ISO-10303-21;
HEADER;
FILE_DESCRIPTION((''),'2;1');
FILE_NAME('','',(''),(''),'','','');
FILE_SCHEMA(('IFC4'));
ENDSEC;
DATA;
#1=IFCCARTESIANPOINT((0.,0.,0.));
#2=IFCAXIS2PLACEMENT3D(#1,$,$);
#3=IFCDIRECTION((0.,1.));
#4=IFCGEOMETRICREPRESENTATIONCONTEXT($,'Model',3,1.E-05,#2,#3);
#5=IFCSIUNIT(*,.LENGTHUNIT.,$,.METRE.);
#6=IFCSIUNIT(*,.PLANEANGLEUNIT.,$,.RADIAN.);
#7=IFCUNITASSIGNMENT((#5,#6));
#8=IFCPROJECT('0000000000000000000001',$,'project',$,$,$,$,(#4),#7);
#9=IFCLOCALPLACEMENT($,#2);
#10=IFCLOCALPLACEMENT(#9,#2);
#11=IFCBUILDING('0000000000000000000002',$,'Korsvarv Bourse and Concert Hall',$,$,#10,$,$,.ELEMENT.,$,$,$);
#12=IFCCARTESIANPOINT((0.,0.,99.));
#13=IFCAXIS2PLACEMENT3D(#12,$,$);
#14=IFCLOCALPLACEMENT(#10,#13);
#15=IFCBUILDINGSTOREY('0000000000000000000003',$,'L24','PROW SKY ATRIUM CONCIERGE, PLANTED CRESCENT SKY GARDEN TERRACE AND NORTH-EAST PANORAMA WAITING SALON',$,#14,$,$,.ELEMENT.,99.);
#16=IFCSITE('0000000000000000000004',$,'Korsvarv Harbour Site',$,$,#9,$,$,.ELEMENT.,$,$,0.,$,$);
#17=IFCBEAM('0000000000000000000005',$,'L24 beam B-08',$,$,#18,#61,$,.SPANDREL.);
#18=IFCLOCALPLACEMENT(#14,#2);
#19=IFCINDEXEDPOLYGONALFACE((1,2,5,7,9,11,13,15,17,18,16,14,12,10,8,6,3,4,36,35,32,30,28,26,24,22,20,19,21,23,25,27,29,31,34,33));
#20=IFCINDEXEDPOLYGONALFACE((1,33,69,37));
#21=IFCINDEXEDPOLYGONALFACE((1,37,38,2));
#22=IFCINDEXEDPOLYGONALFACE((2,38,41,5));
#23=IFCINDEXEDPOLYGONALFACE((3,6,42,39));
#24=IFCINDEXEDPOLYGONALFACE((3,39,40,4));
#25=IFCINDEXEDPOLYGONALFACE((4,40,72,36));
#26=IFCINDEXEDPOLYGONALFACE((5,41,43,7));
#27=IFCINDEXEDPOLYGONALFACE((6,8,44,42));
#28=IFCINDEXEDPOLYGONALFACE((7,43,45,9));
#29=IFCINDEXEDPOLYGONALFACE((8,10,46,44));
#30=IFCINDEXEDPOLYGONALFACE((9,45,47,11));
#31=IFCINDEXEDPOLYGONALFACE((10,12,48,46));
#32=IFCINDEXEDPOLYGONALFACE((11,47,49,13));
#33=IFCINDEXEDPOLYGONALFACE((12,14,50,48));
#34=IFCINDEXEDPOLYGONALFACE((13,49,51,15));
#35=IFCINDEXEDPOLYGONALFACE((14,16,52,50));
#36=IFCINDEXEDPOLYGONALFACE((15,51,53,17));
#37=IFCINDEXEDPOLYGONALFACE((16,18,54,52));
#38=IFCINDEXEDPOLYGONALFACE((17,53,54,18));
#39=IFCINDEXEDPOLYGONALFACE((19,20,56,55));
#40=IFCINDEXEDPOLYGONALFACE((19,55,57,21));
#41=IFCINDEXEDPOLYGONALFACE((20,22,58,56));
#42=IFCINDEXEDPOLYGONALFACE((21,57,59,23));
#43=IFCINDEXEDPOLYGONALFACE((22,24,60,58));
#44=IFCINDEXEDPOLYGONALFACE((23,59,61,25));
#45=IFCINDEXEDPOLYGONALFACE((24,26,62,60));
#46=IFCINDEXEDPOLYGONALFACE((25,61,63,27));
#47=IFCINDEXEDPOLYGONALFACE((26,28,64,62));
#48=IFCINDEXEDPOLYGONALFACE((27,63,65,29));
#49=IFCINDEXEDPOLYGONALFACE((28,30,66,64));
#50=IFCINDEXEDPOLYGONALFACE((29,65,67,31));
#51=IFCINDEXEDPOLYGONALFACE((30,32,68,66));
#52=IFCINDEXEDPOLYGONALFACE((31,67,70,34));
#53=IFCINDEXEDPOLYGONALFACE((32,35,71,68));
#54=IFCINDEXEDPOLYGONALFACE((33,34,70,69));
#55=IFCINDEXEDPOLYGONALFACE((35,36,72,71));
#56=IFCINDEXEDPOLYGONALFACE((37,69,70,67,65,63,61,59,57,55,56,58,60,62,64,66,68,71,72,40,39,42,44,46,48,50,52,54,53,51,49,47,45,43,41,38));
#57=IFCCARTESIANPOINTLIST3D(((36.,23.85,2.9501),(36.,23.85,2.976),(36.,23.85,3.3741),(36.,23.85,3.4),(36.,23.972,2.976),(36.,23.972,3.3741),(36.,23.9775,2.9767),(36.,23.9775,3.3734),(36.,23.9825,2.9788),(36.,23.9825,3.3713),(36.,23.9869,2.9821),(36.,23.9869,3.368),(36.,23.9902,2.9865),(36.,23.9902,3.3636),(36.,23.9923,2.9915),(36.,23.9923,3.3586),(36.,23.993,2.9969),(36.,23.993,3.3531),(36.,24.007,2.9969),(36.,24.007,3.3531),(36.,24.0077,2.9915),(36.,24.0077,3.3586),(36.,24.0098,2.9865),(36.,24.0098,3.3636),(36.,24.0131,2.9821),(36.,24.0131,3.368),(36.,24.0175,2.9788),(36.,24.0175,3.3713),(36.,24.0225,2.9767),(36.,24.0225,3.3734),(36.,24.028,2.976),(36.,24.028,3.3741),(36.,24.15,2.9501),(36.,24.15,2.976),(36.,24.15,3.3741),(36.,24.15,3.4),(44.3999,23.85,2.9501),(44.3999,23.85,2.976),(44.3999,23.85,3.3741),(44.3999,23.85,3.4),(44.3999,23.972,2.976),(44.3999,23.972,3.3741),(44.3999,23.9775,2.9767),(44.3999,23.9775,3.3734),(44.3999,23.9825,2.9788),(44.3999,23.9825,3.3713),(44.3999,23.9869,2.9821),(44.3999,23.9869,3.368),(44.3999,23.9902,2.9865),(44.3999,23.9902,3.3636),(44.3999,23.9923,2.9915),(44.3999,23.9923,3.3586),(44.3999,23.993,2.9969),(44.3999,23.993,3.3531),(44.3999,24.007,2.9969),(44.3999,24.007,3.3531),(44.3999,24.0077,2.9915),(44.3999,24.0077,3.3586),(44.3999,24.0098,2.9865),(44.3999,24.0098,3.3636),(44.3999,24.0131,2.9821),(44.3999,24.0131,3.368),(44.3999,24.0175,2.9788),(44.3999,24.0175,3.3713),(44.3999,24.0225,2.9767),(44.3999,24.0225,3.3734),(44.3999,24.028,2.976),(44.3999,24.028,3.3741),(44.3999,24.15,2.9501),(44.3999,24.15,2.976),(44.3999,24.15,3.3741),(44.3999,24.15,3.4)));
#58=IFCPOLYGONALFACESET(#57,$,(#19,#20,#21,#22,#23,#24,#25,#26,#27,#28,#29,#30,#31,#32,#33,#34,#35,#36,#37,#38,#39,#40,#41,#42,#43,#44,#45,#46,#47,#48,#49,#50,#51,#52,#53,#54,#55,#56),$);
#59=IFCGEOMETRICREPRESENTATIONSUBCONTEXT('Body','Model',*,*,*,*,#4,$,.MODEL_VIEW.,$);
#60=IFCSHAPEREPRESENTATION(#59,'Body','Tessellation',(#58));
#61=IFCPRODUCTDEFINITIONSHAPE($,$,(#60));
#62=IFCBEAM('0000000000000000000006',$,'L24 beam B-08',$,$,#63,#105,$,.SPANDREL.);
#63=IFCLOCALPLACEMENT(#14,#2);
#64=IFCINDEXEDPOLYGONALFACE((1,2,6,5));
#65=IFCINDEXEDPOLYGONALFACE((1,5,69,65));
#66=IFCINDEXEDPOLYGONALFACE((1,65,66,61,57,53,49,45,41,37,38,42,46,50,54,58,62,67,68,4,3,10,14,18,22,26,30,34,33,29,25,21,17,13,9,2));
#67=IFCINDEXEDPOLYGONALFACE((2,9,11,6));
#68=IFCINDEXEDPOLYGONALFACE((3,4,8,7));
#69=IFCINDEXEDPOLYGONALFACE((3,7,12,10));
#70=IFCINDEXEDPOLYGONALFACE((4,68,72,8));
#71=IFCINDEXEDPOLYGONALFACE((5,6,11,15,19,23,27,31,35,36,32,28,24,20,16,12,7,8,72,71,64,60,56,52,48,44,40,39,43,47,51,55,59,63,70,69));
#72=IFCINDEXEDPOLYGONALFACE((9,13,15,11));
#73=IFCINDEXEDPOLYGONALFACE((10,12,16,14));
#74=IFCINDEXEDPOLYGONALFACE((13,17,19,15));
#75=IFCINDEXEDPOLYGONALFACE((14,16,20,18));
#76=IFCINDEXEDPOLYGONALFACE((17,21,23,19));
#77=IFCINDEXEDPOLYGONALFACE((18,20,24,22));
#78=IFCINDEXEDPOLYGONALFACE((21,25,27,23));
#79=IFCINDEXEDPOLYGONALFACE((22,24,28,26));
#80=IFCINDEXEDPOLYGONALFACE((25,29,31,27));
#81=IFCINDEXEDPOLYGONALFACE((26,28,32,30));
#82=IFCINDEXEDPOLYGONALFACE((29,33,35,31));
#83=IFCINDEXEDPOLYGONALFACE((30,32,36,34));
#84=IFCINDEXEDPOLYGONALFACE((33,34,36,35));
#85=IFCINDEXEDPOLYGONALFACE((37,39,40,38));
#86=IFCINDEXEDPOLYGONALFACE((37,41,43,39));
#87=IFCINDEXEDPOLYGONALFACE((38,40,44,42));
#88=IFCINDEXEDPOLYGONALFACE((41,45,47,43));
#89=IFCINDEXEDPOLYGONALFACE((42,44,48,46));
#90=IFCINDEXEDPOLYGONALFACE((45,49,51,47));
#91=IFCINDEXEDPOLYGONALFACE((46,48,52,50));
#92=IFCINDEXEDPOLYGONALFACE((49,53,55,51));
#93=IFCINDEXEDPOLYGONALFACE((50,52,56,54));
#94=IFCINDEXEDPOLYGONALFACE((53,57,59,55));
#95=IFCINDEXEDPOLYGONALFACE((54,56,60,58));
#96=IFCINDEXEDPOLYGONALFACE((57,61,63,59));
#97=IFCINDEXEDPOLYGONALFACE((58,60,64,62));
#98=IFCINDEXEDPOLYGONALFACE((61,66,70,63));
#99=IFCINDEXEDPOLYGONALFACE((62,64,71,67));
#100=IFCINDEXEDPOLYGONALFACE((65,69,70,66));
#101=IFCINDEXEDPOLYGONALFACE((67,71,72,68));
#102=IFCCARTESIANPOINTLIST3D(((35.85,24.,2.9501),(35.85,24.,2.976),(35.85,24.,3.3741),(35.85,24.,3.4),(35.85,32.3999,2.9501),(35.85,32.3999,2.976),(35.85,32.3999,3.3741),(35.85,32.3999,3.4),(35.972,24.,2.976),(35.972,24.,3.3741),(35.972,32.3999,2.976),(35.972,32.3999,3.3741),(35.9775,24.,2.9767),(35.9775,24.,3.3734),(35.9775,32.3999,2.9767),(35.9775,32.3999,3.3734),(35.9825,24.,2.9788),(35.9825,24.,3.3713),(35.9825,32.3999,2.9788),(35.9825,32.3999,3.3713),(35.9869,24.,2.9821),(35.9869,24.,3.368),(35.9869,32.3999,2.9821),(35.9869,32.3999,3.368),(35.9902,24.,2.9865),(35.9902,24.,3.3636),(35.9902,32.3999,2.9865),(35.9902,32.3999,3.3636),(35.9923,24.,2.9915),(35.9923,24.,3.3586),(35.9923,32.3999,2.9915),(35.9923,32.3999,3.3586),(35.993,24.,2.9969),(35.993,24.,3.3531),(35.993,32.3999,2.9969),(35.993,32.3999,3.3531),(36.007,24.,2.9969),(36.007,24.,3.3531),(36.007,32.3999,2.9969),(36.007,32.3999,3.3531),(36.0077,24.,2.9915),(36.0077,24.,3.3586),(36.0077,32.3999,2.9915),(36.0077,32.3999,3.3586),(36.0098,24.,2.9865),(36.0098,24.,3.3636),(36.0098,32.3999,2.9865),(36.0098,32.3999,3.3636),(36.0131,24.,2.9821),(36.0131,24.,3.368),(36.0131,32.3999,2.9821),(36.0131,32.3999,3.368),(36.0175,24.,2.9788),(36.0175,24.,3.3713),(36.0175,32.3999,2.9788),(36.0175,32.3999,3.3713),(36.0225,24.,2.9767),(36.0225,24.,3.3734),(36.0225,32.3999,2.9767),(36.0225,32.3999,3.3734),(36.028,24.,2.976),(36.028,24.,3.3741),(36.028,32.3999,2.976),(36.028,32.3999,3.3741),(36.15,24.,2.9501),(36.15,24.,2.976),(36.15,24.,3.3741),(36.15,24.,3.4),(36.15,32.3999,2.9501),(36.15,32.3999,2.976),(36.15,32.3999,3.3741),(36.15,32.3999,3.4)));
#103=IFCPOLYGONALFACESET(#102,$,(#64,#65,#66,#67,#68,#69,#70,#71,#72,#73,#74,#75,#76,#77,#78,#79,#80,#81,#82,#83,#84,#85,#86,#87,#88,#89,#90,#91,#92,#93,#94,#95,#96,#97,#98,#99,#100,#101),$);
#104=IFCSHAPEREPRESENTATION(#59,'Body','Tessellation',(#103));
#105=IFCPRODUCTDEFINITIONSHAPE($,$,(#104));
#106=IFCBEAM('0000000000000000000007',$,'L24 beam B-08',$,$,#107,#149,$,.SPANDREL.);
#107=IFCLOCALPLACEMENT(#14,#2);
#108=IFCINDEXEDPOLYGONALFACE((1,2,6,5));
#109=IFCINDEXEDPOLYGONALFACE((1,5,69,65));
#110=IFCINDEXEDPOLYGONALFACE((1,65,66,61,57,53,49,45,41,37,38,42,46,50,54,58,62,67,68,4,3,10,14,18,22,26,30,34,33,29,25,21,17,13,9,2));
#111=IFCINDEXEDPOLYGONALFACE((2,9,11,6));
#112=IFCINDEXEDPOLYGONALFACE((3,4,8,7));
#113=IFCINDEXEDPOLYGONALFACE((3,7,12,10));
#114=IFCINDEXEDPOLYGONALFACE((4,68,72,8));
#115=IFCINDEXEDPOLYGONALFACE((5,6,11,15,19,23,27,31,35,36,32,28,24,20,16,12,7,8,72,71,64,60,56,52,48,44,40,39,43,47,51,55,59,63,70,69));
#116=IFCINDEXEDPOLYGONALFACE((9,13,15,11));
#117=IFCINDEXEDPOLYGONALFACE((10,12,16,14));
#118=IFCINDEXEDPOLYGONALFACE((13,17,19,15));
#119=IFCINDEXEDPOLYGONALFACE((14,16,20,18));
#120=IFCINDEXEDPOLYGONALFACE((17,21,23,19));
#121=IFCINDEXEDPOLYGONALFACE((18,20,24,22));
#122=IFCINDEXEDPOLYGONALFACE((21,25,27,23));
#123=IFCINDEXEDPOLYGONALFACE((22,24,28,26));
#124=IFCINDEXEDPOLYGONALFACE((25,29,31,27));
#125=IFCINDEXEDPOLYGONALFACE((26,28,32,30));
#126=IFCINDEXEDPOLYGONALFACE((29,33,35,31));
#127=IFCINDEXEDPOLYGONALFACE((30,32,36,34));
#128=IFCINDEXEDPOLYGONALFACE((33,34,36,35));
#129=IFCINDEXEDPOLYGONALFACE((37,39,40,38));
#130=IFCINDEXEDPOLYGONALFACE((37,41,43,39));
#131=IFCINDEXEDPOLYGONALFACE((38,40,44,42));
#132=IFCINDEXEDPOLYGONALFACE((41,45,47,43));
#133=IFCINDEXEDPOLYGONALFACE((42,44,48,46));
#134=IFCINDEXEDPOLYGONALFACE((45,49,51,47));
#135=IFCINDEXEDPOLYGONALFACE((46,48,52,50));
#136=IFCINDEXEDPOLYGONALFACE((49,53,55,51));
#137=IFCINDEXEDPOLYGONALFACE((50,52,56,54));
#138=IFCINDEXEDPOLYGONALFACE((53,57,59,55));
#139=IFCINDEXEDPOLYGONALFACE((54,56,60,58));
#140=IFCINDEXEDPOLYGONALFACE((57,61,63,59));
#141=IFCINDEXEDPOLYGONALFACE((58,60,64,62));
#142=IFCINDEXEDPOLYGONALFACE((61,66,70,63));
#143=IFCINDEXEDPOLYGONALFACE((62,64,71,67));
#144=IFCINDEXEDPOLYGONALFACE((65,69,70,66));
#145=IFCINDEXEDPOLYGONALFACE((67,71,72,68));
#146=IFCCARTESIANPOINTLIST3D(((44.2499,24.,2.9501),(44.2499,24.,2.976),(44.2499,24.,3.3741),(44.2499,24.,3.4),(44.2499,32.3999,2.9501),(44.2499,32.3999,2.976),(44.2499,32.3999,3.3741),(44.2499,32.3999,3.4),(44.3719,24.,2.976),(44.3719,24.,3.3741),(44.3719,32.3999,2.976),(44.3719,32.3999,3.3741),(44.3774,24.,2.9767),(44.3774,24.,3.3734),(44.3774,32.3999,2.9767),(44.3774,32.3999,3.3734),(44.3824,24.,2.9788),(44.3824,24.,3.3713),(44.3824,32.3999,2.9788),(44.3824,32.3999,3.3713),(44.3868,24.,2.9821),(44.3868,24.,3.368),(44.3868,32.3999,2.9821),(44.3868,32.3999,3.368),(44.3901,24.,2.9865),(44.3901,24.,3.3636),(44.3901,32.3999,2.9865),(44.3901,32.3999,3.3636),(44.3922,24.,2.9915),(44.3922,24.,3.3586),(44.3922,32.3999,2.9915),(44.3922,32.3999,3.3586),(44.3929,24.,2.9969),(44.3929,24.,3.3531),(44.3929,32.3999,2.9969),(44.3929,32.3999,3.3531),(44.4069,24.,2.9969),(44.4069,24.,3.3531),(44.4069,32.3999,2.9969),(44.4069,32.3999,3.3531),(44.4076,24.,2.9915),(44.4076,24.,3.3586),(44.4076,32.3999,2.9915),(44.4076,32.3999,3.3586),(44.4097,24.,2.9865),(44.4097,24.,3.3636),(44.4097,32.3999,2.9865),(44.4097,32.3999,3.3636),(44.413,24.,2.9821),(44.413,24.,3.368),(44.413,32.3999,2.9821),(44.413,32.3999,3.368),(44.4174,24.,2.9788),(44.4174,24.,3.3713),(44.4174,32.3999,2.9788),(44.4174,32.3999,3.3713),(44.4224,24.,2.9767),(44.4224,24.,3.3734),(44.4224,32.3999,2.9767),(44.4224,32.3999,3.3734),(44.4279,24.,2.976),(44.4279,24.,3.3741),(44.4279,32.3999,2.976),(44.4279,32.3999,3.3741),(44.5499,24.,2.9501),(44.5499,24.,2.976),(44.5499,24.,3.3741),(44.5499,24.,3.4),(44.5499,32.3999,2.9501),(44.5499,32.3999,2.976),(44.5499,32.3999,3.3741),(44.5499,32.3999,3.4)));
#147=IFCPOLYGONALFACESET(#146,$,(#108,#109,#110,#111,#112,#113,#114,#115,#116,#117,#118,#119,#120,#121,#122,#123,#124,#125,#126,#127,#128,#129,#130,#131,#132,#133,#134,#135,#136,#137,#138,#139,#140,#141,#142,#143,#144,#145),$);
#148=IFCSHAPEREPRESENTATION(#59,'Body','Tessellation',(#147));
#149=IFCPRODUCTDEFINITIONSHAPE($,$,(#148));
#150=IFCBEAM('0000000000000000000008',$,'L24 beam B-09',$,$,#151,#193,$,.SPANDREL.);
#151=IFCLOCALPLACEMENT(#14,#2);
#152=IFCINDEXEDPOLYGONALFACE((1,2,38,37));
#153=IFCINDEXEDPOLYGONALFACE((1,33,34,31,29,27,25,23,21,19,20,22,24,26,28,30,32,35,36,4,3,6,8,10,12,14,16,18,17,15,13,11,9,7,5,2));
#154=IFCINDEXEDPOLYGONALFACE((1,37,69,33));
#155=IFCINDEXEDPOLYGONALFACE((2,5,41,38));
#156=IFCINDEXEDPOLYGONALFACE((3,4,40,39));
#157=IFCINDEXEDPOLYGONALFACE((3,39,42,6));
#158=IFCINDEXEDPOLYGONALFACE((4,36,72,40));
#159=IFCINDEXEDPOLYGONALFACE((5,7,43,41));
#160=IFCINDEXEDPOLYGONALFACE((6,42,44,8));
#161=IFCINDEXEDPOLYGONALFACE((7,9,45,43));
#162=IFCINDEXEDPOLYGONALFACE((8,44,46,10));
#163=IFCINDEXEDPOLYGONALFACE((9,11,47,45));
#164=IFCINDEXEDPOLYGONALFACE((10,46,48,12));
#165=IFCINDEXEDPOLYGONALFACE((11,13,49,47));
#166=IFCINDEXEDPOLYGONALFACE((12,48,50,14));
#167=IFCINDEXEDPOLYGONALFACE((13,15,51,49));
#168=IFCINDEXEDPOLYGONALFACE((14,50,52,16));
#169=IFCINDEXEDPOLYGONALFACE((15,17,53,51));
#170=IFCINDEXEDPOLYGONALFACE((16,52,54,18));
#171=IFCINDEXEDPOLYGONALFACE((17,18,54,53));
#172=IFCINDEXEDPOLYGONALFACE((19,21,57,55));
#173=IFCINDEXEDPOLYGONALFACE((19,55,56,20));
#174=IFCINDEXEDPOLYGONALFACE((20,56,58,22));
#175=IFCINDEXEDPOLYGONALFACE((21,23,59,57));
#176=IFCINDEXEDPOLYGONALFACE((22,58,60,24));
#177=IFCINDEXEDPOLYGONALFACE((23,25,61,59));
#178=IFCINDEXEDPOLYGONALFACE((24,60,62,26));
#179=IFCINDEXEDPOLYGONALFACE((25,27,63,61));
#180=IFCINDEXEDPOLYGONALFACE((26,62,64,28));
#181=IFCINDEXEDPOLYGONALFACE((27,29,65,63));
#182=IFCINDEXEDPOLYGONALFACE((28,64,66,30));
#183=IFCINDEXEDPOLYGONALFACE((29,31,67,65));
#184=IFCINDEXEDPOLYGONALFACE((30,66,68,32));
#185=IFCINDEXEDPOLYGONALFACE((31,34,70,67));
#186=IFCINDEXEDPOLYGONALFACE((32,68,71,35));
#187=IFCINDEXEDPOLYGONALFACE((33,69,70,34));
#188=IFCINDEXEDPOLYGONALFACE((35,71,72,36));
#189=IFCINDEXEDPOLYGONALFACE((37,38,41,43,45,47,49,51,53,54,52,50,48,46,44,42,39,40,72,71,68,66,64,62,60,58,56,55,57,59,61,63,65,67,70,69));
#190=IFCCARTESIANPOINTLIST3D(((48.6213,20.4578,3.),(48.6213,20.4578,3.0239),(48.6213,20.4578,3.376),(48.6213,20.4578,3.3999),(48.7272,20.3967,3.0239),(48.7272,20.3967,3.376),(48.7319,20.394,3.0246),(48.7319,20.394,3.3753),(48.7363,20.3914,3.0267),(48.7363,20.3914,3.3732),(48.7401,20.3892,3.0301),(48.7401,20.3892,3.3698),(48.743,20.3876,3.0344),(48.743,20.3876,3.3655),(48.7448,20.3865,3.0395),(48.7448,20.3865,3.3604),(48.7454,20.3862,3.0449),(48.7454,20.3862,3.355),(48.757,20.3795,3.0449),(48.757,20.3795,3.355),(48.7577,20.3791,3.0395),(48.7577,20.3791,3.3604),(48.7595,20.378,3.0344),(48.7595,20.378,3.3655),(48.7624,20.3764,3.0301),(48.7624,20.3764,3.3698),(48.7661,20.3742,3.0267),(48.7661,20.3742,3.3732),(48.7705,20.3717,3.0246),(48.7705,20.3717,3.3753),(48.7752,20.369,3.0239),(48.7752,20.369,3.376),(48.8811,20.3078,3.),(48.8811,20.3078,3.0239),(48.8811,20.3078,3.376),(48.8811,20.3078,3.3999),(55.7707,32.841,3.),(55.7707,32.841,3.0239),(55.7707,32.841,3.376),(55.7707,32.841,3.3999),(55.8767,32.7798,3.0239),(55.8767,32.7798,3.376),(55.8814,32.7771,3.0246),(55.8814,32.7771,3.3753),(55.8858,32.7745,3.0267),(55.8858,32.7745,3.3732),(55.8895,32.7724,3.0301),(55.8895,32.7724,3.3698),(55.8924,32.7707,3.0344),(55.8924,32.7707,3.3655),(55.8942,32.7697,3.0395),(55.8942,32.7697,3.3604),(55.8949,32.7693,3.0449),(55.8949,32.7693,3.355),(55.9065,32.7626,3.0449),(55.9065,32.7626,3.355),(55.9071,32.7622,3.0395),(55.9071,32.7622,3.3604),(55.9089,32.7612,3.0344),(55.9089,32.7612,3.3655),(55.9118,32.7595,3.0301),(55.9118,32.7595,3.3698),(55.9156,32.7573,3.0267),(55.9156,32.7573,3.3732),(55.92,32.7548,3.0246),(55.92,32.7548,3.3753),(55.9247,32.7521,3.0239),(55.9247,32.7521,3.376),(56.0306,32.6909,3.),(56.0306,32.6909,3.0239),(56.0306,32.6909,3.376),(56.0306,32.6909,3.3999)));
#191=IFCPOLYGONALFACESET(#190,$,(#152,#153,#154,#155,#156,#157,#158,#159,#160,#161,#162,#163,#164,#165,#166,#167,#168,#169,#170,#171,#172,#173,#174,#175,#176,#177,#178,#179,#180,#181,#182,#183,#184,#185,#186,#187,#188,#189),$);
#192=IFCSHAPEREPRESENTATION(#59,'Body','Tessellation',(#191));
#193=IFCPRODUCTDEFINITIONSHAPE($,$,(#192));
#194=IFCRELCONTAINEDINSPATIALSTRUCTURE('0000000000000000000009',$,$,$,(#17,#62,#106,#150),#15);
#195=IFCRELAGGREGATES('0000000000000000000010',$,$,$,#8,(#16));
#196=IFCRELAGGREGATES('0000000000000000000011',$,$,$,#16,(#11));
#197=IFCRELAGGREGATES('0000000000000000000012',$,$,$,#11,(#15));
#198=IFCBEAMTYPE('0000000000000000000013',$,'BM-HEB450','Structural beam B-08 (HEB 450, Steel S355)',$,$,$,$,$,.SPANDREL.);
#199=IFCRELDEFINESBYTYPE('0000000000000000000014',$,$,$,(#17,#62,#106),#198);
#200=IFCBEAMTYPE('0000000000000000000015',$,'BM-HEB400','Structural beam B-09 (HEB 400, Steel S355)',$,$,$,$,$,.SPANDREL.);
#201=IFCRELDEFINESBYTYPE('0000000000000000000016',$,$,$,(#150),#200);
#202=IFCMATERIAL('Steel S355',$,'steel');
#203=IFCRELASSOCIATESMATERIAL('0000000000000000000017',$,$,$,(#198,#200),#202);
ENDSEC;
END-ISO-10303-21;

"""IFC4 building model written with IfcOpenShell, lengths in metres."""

from ifc_helpers import new_model, si_unit, direction, frame, origin, origin_2d, place, context, subcontext, project, spatial, i_section, extrude, source, transform, mapped, material, material_profile, profile_set, type_object, element, save


model = new_model("IFC4")

# Units and contexts
model_context = context("Model", 3, precision=1e-05, world=origin(), true_north=direction((0.0, 1.0)))
body_context = subcontext(model_context, "Body", "Model", "MODEL_VIEW")
ifc_project = project(units=[si_unit("LENGTHUNIT", "METRE"), si_unit("PLANEANGLEUNIT", "RADIAN")], contexts=[model_context])

# Site, building, storey
site_placement = place(None, origin())
site = spatial("IfcSite", under=ifc_project, at=site_placement, Name="Korsvarv Harbour Site", CompositionType="ELEMENT", RefElevation=0.0)
building_placement = place(site_placement, origin())
building = spatial("IfcBuilding", under=site, at=building_placement, Name="Korsvarv Bourse and Concert Hall", CompositionType="ELEMENT")
storey_placement = place(building_placement, frame((0.0, 0.0, 99.0)))
storey = spatial("IfcBuildingStorey", under=building, at=storey_placement, Name="L24", Description="PROW SKY ATRIUM CONCIERGE, PLANTED CRESCENT SKY GARDEN TERRACE AND NORTH-EAST PANORAMA WAITING SALON", CompositionType="ELEMENT", Elevation=99.0)

# Beams
ifc_material_1 = material(Name="Steel S355", Category="steel")
ifc_material_profile_1 = material_profile(ifc_material_1, i_section(OverallWidth=0.3, OverallDepth=0.45, WebThickness=0.0139, FlangeThickness=0.0259, FilletRadius=0.021, at=origin_2d()), Name="HEB 450")
ifc_profile_set_1 = profile_set([ifc_material_profile_1], Name="Steel S355")
beam_type_1 = type_object("IfcBeamType", Name="BM-HEB450", Description="Structural beam B-08 (HEB 450, Steel S355)", PredefinedType="SPANDREL", material=ifc_profile_set_1)
shared_shape_1 = source(origin(), body_context, "Body", "SweptSolid", [
    extrude(i_section(OverallWidth=0.3, OverallDepth=0.45, WebThickness=0.0139, FlangeThickness=0.0259, FilletRadius=0.021, at=origin_2d()), origin(), (0.0, 0.0, 1.0), 8.3999),
])
for number, where, z_axis, x_axis, name in (
    (1, (36.0, 24.0, 3.175), (1.0, 0.0, 0.0), (0.0, 1.0, 0.0), "L24 beam B-08"),
    (2, (36.0, 24.0, 3.175), (0.0, 1.0, 0.0), (-1.0, 0.0, 0.0), "L24 beam B-08"),
    (3, (44.3999, 24.0, 3.175), (0.0, 1.0, 0.0), (-1.0, 0.0, 0.0), "L24 beam B-08"),
):
    element("IfcBeam", number, at=place(storey_placement, frame(where, z_axis=z_axis, x_axis=x_axis)), inside=storey, type_object=beam_type_1, Name=name, PredefinedType="SPANDREL", context=body_context, shape_type="MappedRepresentation", body=[
        mapped(shared_shape_1, transform((0.0, 0.0, 0.0), scale=1.0)),
    ])
ifc_material_profile_2 = material_profile(ifc_material_1, i_section(OverallWidth=0.3, OverallDepth=0.3999, WebThickness=0.0134, FlangeThickness=0.0239, FilletRadius=0.021, at=origin_2d()), Name="HEB 400")
ifc_profile_set_2 = profile_set([ifc_material_profile_2], Name="Steel S355")
beam_type_2 = type_object("IfcBeamType", Name="BM-HEB400", Description="Structural beam B-09 (HEB 400, Steel S355)", PredefinedType="SPANDREL", material=ifc_profile_set_2)
shared_shape_2 = source(origin(), body_context, "Body", "SweptSolid", [
    extrude(i_section(OverallWidth=0.3, OverallDepth=0.3999, WebThickness=0.0134, FlangeThickness=0.0239, FilletRadius=0.021, at=origin_2d()), origin(), (0.0, 0.0, 1.0), 14.2988),
])
beam_1_placement = place(storey_placement, frame((48.7512, 20.3828, 3.2), z_axis=(0.500003, 0.866024, 0.0), x_axis=(-0.866024, 0.500003, 0.0)))
element("IfcBeam", 4, at=beam_1_placement, inside=storey, type_object=beam_type_2, Name="L24 beam B-09", PredefinedType="SPANDREL", context=body_context, shape_type="MappedRepresentation", body=[
    mapped(shared_shape_2, transform((0.0, 0.0, 0.0), scale=1.0)),
])

save(model, "model.ifc")
